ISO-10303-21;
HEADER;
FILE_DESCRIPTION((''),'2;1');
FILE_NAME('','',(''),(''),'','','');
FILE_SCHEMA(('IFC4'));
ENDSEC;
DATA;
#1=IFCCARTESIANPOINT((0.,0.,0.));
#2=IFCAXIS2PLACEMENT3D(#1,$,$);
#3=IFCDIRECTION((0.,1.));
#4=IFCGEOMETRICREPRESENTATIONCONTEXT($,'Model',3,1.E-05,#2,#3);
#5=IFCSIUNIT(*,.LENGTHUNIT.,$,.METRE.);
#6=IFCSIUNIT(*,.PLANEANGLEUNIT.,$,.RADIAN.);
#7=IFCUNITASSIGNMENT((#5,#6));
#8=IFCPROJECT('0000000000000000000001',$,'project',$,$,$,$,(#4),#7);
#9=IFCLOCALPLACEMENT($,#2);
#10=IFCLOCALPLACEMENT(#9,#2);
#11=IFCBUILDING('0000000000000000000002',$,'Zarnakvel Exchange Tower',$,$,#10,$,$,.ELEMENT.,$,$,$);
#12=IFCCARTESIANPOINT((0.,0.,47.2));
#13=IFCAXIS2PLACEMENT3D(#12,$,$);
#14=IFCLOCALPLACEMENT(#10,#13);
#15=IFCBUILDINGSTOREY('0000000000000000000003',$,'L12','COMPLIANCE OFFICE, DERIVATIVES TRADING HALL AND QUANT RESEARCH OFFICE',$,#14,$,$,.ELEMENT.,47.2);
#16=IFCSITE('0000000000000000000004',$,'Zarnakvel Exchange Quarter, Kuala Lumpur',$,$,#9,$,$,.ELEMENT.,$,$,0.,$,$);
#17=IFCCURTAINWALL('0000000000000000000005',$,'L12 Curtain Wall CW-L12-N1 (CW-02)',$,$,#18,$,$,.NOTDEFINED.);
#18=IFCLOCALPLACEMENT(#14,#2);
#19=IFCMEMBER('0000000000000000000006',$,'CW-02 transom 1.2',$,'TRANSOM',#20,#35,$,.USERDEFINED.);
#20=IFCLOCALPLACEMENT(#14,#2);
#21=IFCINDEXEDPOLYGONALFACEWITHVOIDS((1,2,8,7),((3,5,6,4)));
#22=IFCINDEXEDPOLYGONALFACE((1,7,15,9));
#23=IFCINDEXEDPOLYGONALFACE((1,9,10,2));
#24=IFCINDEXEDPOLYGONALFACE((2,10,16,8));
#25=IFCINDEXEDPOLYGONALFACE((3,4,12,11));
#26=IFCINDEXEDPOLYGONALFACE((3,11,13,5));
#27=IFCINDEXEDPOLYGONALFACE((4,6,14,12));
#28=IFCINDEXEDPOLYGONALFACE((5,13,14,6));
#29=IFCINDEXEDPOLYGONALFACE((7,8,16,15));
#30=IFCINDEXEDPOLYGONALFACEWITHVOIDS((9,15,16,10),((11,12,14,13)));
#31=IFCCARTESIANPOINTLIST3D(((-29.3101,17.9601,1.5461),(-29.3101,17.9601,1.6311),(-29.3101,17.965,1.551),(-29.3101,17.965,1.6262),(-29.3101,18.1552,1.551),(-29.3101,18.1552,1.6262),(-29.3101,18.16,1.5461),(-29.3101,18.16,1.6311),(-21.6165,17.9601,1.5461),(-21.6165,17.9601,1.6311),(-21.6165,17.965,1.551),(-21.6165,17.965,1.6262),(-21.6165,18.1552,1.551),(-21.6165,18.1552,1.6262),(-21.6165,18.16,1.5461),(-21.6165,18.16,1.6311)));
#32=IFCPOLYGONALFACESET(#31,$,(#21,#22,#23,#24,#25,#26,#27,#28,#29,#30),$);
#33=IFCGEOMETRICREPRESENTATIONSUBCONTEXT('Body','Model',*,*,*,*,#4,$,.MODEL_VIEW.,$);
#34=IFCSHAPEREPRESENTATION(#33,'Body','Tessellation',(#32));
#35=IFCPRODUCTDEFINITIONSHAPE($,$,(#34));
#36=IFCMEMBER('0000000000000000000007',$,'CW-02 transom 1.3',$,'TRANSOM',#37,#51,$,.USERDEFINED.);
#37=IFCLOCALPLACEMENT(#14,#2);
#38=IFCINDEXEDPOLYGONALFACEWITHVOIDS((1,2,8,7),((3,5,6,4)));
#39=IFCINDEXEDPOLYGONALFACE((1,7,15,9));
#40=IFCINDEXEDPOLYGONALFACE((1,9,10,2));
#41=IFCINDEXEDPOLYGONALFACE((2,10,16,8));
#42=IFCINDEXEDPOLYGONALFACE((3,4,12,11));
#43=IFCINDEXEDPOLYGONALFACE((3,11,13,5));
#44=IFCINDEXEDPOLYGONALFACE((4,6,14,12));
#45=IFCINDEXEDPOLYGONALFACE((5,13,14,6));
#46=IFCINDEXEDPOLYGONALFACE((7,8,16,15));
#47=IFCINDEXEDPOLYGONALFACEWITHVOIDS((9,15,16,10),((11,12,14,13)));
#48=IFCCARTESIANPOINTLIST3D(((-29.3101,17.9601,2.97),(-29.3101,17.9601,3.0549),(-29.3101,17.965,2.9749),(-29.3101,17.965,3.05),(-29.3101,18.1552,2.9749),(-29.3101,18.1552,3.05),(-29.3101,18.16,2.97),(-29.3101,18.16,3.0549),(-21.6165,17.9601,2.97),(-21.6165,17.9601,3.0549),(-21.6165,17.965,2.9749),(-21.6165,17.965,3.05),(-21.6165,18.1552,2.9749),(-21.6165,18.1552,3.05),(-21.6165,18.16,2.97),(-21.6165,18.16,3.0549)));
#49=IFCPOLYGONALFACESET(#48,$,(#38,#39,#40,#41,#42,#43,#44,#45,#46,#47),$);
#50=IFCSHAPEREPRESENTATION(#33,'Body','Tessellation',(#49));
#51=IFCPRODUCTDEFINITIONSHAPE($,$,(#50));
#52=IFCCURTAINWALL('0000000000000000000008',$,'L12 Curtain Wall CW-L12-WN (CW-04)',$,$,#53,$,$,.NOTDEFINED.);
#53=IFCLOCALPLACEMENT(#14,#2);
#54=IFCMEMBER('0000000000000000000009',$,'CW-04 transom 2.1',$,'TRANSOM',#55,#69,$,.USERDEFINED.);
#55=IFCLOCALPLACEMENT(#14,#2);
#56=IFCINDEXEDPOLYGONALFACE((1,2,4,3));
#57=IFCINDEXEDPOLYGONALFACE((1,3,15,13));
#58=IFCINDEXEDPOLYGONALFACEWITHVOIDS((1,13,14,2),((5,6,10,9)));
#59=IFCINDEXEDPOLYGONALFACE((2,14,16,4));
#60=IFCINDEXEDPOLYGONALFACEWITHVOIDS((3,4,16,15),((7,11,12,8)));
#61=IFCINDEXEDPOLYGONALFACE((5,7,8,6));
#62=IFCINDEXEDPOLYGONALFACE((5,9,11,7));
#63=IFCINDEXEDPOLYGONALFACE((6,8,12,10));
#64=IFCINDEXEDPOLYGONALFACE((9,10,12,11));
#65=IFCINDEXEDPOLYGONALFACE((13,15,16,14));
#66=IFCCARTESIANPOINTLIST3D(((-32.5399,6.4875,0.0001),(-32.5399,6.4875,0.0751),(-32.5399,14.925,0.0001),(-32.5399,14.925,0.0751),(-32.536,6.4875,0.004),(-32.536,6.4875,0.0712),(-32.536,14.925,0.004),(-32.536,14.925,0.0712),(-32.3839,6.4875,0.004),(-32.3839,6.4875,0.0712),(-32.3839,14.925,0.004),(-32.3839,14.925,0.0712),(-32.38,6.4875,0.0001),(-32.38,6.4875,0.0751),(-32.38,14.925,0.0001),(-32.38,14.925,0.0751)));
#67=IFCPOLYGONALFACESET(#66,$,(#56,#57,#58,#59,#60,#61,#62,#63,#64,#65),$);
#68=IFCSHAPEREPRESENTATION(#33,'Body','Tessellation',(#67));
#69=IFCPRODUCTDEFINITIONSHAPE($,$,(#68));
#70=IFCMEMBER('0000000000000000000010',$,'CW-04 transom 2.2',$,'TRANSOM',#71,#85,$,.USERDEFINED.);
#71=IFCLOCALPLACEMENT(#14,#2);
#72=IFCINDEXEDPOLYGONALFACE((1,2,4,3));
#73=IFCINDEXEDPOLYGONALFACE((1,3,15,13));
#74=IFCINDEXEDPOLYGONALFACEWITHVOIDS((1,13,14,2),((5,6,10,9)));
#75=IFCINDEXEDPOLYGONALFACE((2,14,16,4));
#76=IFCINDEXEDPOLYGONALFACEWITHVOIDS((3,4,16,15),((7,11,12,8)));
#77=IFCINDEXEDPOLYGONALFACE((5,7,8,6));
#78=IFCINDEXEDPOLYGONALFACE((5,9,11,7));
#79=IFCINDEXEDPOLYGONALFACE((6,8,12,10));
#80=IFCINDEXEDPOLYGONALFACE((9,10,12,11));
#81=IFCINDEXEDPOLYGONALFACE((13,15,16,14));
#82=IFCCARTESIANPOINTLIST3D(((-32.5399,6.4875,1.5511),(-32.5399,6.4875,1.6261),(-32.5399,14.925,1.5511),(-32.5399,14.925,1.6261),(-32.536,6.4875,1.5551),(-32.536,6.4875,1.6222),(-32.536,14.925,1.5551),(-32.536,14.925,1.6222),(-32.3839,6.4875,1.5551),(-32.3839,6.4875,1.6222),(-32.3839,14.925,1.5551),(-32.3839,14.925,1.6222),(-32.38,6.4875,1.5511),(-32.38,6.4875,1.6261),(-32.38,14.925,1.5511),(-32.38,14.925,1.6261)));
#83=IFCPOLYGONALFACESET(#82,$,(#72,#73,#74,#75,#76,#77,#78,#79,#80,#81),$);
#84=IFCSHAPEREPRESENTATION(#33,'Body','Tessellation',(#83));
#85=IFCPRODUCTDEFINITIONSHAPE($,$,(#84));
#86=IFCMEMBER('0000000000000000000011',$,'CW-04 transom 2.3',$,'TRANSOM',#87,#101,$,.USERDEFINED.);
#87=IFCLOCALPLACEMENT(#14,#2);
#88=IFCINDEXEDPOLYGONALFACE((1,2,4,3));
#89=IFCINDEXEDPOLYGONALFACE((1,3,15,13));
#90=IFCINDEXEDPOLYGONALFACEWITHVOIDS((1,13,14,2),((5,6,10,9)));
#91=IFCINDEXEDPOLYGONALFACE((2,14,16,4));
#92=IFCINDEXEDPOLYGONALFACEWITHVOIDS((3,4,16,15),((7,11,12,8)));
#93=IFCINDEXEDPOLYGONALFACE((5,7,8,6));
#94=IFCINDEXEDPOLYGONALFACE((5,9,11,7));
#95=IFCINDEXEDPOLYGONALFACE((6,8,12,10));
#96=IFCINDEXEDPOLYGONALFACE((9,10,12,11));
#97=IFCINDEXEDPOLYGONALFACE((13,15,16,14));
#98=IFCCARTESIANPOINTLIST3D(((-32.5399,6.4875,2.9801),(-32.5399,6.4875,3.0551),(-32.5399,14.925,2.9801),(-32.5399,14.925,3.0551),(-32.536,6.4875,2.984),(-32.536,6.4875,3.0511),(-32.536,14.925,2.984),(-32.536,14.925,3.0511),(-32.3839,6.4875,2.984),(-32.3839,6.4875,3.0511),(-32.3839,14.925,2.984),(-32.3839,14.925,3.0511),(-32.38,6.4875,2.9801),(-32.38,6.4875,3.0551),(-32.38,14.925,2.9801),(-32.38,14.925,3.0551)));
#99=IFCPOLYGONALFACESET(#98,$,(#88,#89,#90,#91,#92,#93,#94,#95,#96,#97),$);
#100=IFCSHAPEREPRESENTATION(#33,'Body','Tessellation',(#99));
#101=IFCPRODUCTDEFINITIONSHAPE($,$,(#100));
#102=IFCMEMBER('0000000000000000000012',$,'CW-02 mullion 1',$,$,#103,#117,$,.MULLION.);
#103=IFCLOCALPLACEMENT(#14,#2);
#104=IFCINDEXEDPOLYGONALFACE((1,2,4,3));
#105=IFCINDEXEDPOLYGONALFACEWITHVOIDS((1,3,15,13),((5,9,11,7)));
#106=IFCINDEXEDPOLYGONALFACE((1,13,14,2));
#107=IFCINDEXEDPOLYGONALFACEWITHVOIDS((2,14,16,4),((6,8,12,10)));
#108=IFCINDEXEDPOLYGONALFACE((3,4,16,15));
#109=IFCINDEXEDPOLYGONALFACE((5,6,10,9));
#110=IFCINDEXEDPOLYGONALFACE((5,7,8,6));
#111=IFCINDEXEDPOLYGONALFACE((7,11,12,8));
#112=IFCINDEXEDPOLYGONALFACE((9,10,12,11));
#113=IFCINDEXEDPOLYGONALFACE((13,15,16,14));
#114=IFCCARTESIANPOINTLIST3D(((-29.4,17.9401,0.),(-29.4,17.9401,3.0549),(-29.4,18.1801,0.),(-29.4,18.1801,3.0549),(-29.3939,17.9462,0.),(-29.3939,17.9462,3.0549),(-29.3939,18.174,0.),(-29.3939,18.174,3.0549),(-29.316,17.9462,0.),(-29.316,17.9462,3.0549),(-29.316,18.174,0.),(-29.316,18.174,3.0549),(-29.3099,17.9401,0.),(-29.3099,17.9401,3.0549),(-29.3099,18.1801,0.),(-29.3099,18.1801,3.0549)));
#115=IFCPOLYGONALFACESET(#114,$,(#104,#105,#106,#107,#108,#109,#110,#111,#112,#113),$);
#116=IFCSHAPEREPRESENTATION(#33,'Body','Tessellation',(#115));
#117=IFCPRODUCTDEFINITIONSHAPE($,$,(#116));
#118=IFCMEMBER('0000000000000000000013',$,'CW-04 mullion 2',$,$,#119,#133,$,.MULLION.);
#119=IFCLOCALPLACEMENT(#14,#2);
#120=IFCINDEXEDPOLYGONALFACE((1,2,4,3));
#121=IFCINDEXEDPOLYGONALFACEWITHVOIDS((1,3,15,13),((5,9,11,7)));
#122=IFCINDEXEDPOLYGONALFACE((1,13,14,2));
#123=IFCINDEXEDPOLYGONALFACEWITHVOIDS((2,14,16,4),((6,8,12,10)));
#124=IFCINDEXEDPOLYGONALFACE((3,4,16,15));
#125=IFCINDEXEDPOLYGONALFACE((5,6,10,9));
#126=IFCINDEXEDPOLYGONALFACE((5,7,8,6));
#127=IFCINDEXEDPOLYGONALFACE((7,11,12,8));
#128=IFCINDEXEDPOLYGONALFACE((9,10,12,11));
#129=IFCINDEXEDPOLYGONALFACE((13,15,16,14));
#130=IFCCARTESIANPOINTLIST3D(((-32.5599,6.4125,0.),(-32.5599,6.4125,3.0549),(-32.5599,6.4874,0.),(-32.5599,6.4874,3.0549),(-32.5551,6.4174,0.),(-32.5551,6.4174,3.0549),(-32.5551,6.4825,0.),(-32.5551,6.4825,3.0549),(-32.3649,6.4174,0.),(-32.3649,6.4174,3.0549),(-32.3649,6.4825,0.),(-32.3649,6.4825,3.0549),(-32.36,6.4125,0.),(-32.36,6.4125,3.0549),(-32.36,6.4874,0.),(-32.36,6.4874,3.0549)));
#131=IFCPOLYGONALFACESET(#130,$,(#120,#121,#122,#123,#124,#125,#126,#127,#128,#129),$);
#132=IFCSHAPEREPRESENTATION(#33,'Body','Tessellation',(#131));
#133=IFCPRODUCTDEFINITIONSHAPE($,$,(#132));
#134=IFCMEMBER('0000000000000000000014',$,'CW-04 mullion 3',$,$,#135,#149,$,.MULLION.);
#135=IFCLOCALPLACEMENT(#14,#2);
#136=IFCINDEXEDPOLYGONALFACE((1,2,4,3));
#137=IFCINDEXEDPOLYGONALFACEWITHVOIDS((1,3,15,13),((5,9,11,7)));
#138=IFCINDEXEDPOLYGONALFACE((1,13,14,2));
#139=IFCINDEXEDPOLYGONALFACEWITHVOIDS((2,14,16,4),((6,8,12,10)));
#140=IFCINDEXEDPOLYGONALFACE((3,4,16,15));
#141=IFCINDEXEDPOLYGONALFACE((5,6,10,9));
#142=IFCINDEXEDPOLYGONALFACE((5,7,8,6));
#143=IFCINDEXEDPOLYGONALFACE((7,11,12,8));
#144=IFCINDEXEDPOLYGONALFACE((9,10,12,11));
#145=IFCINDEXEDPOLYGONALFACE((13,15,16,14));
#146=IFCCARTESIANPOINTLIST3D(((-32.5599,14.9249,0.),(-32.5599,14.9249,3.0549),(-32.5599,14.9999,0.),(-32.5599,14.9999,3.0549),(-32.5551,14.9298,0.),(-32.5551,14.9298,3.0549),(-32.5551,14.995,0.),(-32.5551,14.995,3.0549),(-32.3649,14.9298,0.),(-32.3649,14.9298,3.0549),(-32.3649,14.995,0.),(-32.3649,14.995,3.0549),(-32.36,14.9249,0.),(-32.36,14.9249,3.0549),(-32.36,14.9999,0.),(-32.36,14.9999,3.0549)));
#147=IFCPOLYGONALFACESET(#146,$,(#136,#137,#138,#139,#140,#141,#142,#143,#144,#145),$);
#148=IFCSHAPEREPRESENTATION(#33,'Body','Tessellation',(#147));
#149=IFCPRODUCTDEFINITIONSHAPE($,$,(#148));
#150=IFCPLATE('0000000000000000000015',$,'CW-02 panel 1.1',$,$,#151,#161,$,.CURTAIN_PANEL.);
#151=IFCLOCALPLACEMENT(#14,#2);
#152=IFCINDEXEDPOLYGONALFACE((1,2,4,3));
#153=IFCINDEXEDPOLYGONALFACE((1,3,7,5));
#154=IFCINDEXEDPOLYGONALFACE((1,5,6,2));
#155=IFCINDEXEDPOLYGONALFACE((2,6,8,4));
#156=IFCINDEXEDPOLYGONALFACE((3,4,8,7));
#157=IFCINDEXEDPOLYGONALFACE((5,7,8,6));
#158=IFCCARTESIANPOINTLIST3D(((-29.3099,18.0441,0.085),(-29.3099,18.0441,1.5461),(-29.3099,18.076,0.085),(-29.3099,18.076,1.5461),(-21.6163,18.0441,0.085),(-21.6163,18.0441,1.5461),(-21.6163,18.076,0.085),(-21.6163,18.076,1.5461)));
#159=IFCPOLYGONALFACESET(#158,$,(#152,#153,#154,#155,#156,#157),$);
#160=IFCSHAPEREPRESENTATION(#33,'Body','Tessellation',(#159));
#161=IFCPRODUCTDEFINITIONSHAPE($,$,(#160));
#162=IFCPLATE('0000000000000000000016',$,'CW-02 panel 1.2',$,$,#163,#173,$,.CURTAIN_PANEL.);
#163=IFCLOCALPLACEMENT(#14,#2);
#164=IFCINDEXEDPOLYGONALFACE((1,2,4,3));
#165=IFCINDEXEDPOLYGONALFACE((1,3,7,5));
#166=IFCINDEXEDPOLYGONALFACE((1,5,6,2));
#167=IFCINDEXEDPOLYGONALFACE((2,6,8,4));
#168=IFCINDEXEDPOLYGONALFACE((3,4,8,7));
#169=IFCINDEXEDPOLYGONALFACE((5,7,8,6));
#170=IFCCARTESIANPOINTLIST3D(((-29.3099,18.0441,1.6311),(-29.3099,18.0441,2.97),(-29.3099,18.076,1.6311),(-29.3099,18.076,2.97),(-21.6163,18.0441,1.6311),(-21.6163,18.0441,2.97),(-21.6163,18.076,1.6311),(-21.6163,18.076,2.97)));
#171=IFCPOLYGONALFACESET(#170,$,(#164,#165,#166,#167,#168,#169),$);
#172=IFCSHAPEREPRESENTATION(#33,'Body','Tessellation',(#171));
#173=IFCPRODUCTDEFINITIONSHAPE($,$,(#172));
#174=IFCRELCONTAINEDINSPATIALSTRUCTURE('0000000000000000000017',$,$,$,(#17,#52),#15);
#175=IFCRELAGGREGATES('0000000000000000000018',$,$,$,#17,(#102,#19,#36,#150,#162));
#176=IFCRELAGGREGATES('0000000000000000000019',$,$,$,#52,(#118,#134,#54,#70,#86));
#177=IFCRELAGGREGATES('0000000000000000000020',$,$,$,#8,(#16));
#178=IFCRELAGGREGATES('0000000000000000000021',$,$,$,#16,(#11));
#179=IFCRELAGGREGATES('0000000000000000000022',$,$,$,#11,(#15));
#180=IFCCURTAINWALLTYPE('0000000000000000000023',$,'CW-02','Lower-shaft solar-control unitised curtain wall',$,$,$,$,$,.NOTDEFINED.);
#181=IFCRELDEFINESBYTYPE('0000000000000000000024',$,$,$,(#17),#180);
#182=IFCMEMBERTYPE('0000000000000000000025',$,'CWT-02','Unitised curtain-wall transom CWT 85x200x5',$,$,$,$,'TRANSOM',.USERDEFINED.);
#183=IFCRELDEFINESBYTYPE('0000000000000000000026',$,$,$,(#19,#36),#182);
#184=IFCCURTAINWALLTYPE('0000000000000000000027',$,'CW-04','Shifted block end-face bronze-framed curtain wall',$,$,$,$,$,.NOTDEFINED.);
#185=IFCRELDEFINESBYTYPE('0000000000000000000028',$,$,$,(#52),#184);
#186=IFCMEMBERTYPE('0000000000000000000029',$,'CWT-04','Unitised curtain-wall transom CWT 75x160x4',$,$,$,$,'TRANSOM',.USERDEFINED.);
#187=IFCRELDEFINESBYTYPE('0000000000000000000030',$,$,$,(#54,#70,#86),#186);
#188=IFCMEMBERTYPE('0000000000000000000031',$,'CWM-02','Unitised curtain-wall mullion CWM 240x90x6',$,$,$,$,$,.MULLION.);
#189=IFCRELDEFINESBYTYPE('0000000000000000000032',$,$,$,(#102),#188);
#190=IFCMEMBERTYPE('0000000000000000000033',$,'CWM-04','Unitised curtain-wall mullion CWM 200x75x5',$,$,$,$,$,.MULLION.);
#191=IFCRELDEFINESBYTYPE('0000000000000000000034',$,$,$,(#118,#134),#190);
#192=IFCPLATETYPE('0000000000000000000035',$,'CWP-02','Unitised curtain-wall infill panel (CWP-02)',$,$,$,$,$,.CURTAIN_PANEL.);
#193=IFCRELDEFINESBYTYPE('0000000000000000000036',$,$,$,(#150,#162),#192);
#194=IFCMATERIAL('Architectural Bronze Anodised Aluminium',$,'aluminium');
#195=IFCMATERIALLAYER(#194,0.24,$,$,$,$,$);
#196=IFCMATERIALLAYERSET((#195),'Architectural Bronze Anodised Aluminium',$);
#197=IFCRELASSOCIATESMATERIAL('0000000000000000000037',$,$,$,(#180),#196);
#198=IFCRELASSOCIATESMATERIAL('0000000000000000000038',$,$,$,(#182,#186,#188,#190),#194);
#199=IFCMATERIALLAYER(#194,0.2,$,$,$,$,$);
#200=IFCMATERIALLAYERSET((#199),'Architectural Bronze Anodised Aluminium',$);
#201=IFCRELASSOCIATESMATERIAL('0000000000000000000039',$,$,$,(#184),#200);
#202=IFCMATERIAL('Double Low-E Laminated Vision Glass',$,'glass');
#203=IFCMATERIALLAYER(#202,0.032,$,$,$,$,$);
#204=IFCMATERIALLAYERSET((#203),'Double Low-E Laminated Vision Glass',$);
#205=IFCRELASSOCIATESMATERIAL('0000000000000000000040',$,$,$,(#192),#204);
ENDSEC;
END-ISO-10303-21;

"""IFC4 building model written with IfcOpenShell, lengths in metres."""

from ifc_helpers import new_model, si_unit, direction, frame, origin, origin_2d, place, context, subcontext, project, spatial, rectangle, hollow_rectangle, extrude, source, transform, mapped, material, layer, layer_set, material_profile, profile_set, type_object, element, aggregate, save


model = new_model("IFC4")

# Units and contexts
model_context = context("Model", 3, precision=1e-05, world=origin(), true_north=direction((0.0, 1.0)))
body_context = subcontext(model_context, "Body", "Model", "MODEL_VIEW")
ifc_project = project(units=[si_unit("LENGTHUNIT", "METRE"), si_unit("PLANEANGLEUNIT", "RADIAN")], contexts=[model_context])

# Site, building, storey
site_placement = place(None, origin())
site = spatial("IfcSite", under=ifc_project, at=site_placement, Name="Zarnakvel Exchange Quarter, Kuala Lumpur", CompositionType="ELEMENT", RefElevation=0.0)
building_placement = place(site_placement, origin())
building = spatial("IfcBuilding", under=site, at=building_placement, Name="Zarnakvel Exchange Tower", CompositionType="ELEMENT")
storey_placement = place(building_placement, frame((0.0, 0.0, 47.2)))
storey = spatial("IfcBuildingStorey", under=building, at=storey_placement, Name="L12", Description="COMPLIANCE OFFICE, DERIVATIVES TRADING HALL AND QUANT RESEARCH OFFICE", CompositionType="ELEMENT", Elevation=47.2)

# Curtain walls, members
ifc_material_1 = material(Name="Architectural Bronze Anodised Aluminium", Category="aluminium")
ifc_layer_1 = layer(ifc_material_1, 0.24)
ifc_layer_set_1 = layer_set([ifc_layer_1], Name="Architectural Bronze Anodised Aluminium")
curtain_wall_type_1 = type_object("IfcCurtainWallType", Name="CW-02", Description="Lower-shaft solar-control unitised curtain wall", PredefinedType="NOTDEFINED", material=ifc_layer_set_1)
curtain_wall_1_placement = place(storey_placement, origin())
curtain_wall_1 = element("IfcCurtainWall", 1, at=curtain_wall_1_placement, inside=storey, type_object=curtain_wall_type_1, Name="L12 Curtain Wall CW-L12-N1 (CW-02)", PredefinedType="NOTDEFINED")
ifc_material_profile_1 = material_profile(ifc_material_1, hollow_rectangle(XDim=0.2, YDim=0.085, WallThickness=0.0049, at=origin_2d()))
ifc_profile_set_1 = profile_set([ifc_material_profile_1], Name="Architectural Bronze Anodised Aluminium")
member_type_1 = type_object("IfcMemberType", Name="CWT-02", Description="Unitised curtain-wall transom CWT 85x200x5", ElementType="TRANSOM", PredefinedType="USERDEFINED", material=ifc_profile_set_1)
shared_shape_1 = source(origin(), body_context, "Body", "SweptSolid", [
    extrude(hollow_rectangle(XDim=0.2, YDim=0.085, WallThickness=0.0049, at=origin_2d()), origin(), (0.0, 0.0, 1.0), 7.6936),
])
member_1_placement = place(storey_placement, frame((-29.3101, 18.0601, 1.5886), z_axis=(1.0, 0.0, 0.0), x_axis=(0.0, 1.0, 0.0)))
member_1 = element("IfcMember", 2, at=member_1_placement, type_object=member_type_1, Name="CW-02 transom 1.2", ObjectType="TRANSOM", PredefinedType="USERDEFINED", context=body_context, shape_type="MappedRepresentation", body=[
    mapped(shared_shape_1, transform((0.0, 0.0, 0.0), x_axis=(1.0, 0.0, 0.0), y_axis=(0.0, 1.0, 0.0), z_axis=(0.0, 0.0, 1.0), scale=1.0)),
])
member_2_placement = place(storey_placement, frame((-29.3101, 18.0601, 3.0125), z_axis=(1.0, 0.0, 0.0), x_axis=(0.0, 1.0, 0.0)))
member_2 = element("IfcMember", 3, at=member_2_placement, type_object=member_type_1, Name="CW-02 transom 1.3", ObjectType="TRANSOM", PredefinedType="USERDEFINED", context=body_context, shape_type="MappedRepresentation", body=[
    mapped(shared_shape_1, transform((0.0, 0.0, 0.0), x_axis=(1.0, 0.0, 0.0), y_axis=(0.0, 1.0, 0.0), z_axis=(0.0, 0.0, 1.0), scale=1.0)),
])
ifc_layer_2 = layer(ifc_material_1, 0.2)
ifc_layer_set_2 = layer_set([ifc_layer_2], Name="Architectural Bronze Anodised Aluminium")
curtain_wall_type_2 = type_object("IfcCurtainWallType", Name="CW-04", Description="Shifted block end-face bronze-framed curtain wall", PredefinedType="NOTDEFINED", material=ifc_layer_set_2)
curtain_wall_2_placement = place(storey_placement, origin())
curtain_wall_2 = element("IfcCurtainWall", 4, at=curtain_wall_2_placement, inside=storey, type_object=curtain_wall_type_2, Name="L12 Curtain Wall CW-L12-WN (CW-04)", PredefinedType="NOTDEFINED")
ifc_material_profile_2 = material_profile(ifc_material_1, hollow_rectangle(XDim=0.1599, YDim=0.075, WallThickness=0.0039, at=origin_2d()))
ifc_profile_set_2 = profile_set([ifc_material_profile_2], Name="Architectural Bronze Anodised Aluminium")
member_type_2 = type_object("IfcMemberType", Name="CWT-04", Description="Unitised curtain-wall transom CWT 75x160x4", ElementType="TRANSOM", PredefinedType="USERDEFINED", material=ifc_profile_set_2)
shared_shape_2 = source(origin(), body_context, "Body", "SweptSolid", [
    extrude(hollow_rectangle(XDim=0.1599, YDim=0.075, WallThickness=0.0039, at=origin_2d()), origin(), (0.0, 0.0, 1.0), 8.4375),
])
member_3_placement = place(storey_placement, frame((-32.46, 6.4875, 0.0376), z_axis=(0.0, 1.0, 0.0), x_axis=(-1.0, 0.0, 0.0)))
member_3 = element("IfcMember", 5, at=member_3_placement, type_object=member_type_2, Name="CW-04 transom 2.1", ObjectType="TRANSOM", PredefinedType="USERDEFINED", context=body_context, shape_type="MappedRepresentation", body=[
    mapped(shared_shape_2, transform((0.0, 0.0, 0.0), x_axis=(1.0, 0.0, 0.0), y_axis=(0.0, 1.0, 0.0), z_axis=(0.0, 0.0, 1.0), scale=1.0)),
])
member_4_placement = place(storey_placement, frame((-32.46, 6.4875, 1.5886), z_axis=(0.0, 1.0, 0.0), x_axis=(-1.0, 0.0, 0.0)))
member_4 = element("IfcMember", 6, at=member_4_placement, type_object=member_type_2, Name="CW-04 transom 2.2", ObjectType="TRANSOM", PredefinedType="USERDEFINED", context=body_context, shape_type="MappedRepresentation", body=[
    mapped(shared_shape_2, transform((0.0, 0.0, 0.0), x_axis=(1.0, 0.0, 0.0), y_axis=(0.0, 1.0, 0.0), z_axis=(0.0, 0.0, 1.0), scale=1.0)),
])
member_5_placement = place(storey_placement, frame((-32.46, 6.4875, 3.0176), z_axis=(0.0, 1.0, 0.0), x_axis=(-1.0, 0.0, 0.0)))
member_5 = element("IfcMember", 7, at=member_5_placement, type_object=member_type_2, Name="CW-04 transom 2.3", ObjectType="TRANSOM", PredefinedType="USERDEFINED", context=body_context, shape_type="MappedRepresentation", body=[
    mapped(shared_shape_2, transform((0.0, 0.0, 0.0), x_axis=(1.0, 0.0, 0.0), y_axis=(0.0, 1.0, 0.0), z_axis=(0.0, 0.0, 1.0), scale=1.0)),
])

# Members
ifc_material_profile_3 = material_profile(ifc_material_1, hollow_rectangle(XDim=0.24, YDim=0.0901, WallThickness=0.0061, at=origin_2d()))
ifc_profile_set_3 = profile_set([ifc_material_profile_3], Name="Architectural Bronze Anodised Aluminium")
member_type_3 = type_object("IfcMemberType", Name="CWM-02", Description="Unitised curtain-wall mullion CWM 240x90x6", PredefinedType="MULLION", material=ifc_profile_set_3)
shared_shape_3 = source(origin(), body_context, "Body", "SweptSolid", [
    extrude(hollow_rectangle(XDim=0.24, YDim=0.0901, WallThickness=0.0061, at=origin_2d()), origin(), (0.0, 0.0, 1.0), 3.0549),
])
member_6_placement = place(storey_placement, frame((-29.355, 18.0601, 0.0), z_axis=(0.0, 0.0, 1.0), x_axis=(0.0, 1.0, 0.0)))
member_6 = element("IfcMember", 8, at=member_6_placement, type_object=member_type_3, Name="CW-02 mullion 1", PredefinedType="MULLION", context=body_context, shape_type="MappedRepresentation", body=[
    mapped(shared_shape_3, transform((0.0, 0.0, 0.0), x_axis=(1.0, 0.0, 0.0), y_axis=(0.0, 1.0, 0.0), z_axis=(0.0, 0.0, 1.0), scale=1.0)),
])
ifc_material_profile_4 = material_profile(ifc_material_1, hollow_rectangle(XDim=0.2, YDim=0.075, WallThickness=0.0049, at=origin_2d()))
ifc_profile_set_4 = profile_set([ifc_material_profile_4], Name="Architectural Bronze Anodised Aluminium")
member_type_4 = type_object("IfcMemberType", Name="CWM-04", Description="Unitised curtain-wall mullion CWM 200x75x5", PredefinedType="MULLION", material=ifc_profile_set_4)
shared_shape_4 = source(origin(), body_context, "Body", "SweptSolid", [
    extrude(hollow_rectangle(XDim=0.2, YDim=0.075, WallThickness=0.0049, at=origin_2d()), origin(), (0.0, 0.0, 1.0), 3.0549),
])
member_7_placement = place(storey_placement, frame((-32.46, 6.45, 0.0), z_axis=(0.0, 0.0, 1.0), x_axis=(-1.0, 0.0, 0.0)))
member_7 = element("IfcMember", 9, at=member_7_placement, type_object=member_type_4, Name="CW-04 mullion 2", PredefinedType="MULLION", context=body_context, shape_type="MappedRepresentation", body=[
    mapped(shared_shape_4, transform((0.0, 0.0, 0.0), x_axis=(1.0, 0.0, 0.0), y_axis=(0.0, 1.0, 0.0), z_axis=(0.0, 0.0, 1.0), scale=1.0)),
])
member_8_placement = place(storey_placement, frame((-32.46, 14.9624, 0.0), z_axis=(0.0, 0.0, 1.0), x_axis=(-1.0, 0.0, 0.0)))
member_8 = element("IfcMember", 10, at=member_8_placement, type_object=member_type_4, Name="CW-04 mullion 3", PredefinedType="MULLION", context=body_context, shape_type="MappedRepresentation", body=[
    mapped(shared_shape_4, transform((0.0, 0.0, 0.0), x_axis=(1.0, 0.0, 0.0), y_axis=(0.0, 1.0, 0.0), z_axis=(0.0, 0.0, 1.0), scale=1.0)),
])

# Plates
ifc_material_2 = material(Name="Double Low-E Laminated Vision Glass", Category="glass")
ifc_layer_3 = layer(ifc_material_2, 0.032)
ifc_layer_set_3 = layer_set([ifc_layer_3], Name="Double Low-E Laminated Vision Glass")
plate_type_1 = type_object("IfcPlateType", Name="CWP-02", Description="Unitised curtain-wall infill panel (CWP-02)", PredefinedType="CURTAIN_PANEL", material=ifc_layer_set_3)
shared_shape_5 = source(origin(), body_context, "Body", "SweptSolid", [
    extrude(rectangle(XDim=7.6936, YDim=0.032, at=origin_2d()), origin(), (0.0, 0.0, 1.0), 1.4612),
])
plate_1_placement = place(storey_placement, frame((-25.4631, 18.0601, 0.085), z_axis=(0.0, 0.0, 1.0), x_axis=(1.0, 0.0, 0.0)))
plate_1 = element("IfcPlate", 11, at=plate_1_placement, type_object=plate_type_1, Name="CW-02 panel 1.1", PredefinedType="CURTAIN_PANEL", context=body_context, shape_type="MappedRepresentation", body=[
    mapped(shared_shape_5, transform((0.0, 0.0, 0.0), x_axis=(1.0, 0.0, 0.0), y_axis=(0.0, 1.0, 0.0), z_axis=(0.0, 0.0, 1.0), scale=1.0)),
])
shared_shape_6 = source(origin(), body_context, "Body", "SweptSolid", [
    extrude(rectangle(XDim=7.6936, YDim=0.032, at=origin_2d()), origin(), (0.0, 0.0, 1.0), 1.3389),
])
plate_2_placement = place(storey_placement, frame((-25.4631, 18.0601, 1.6311), z_axis=(0.0, 0.0, 1.0), x_axis=(1.0, 0.0, 0.0)))
plate_2 = element("IfcPlate", 12, at=plate_2_placement, type_object=plate_type_1, Name="CW-02 panel 1.2", PredefinedType="CURTAIN_PANEL", context=body_context, shape_type="MappedRepresentation", body=[
    mapped(shared_shape_6, transform((0.0, 0.0, 0.0), x_axis=(1.0, 0.0, 0.0), y_axis=(0.0, 1.0, 0.0), z_axis=(0.0, 0.0, 1.0), scale=1.0)),
])
aggregate(curtain_wall_1, [member_6, member_1, member_2, plate_1, plate_2])
aggregate(curtain_wall_2, [member_7, member_8, member_3, member_4, member_5])

save(model, "model.ifc")
